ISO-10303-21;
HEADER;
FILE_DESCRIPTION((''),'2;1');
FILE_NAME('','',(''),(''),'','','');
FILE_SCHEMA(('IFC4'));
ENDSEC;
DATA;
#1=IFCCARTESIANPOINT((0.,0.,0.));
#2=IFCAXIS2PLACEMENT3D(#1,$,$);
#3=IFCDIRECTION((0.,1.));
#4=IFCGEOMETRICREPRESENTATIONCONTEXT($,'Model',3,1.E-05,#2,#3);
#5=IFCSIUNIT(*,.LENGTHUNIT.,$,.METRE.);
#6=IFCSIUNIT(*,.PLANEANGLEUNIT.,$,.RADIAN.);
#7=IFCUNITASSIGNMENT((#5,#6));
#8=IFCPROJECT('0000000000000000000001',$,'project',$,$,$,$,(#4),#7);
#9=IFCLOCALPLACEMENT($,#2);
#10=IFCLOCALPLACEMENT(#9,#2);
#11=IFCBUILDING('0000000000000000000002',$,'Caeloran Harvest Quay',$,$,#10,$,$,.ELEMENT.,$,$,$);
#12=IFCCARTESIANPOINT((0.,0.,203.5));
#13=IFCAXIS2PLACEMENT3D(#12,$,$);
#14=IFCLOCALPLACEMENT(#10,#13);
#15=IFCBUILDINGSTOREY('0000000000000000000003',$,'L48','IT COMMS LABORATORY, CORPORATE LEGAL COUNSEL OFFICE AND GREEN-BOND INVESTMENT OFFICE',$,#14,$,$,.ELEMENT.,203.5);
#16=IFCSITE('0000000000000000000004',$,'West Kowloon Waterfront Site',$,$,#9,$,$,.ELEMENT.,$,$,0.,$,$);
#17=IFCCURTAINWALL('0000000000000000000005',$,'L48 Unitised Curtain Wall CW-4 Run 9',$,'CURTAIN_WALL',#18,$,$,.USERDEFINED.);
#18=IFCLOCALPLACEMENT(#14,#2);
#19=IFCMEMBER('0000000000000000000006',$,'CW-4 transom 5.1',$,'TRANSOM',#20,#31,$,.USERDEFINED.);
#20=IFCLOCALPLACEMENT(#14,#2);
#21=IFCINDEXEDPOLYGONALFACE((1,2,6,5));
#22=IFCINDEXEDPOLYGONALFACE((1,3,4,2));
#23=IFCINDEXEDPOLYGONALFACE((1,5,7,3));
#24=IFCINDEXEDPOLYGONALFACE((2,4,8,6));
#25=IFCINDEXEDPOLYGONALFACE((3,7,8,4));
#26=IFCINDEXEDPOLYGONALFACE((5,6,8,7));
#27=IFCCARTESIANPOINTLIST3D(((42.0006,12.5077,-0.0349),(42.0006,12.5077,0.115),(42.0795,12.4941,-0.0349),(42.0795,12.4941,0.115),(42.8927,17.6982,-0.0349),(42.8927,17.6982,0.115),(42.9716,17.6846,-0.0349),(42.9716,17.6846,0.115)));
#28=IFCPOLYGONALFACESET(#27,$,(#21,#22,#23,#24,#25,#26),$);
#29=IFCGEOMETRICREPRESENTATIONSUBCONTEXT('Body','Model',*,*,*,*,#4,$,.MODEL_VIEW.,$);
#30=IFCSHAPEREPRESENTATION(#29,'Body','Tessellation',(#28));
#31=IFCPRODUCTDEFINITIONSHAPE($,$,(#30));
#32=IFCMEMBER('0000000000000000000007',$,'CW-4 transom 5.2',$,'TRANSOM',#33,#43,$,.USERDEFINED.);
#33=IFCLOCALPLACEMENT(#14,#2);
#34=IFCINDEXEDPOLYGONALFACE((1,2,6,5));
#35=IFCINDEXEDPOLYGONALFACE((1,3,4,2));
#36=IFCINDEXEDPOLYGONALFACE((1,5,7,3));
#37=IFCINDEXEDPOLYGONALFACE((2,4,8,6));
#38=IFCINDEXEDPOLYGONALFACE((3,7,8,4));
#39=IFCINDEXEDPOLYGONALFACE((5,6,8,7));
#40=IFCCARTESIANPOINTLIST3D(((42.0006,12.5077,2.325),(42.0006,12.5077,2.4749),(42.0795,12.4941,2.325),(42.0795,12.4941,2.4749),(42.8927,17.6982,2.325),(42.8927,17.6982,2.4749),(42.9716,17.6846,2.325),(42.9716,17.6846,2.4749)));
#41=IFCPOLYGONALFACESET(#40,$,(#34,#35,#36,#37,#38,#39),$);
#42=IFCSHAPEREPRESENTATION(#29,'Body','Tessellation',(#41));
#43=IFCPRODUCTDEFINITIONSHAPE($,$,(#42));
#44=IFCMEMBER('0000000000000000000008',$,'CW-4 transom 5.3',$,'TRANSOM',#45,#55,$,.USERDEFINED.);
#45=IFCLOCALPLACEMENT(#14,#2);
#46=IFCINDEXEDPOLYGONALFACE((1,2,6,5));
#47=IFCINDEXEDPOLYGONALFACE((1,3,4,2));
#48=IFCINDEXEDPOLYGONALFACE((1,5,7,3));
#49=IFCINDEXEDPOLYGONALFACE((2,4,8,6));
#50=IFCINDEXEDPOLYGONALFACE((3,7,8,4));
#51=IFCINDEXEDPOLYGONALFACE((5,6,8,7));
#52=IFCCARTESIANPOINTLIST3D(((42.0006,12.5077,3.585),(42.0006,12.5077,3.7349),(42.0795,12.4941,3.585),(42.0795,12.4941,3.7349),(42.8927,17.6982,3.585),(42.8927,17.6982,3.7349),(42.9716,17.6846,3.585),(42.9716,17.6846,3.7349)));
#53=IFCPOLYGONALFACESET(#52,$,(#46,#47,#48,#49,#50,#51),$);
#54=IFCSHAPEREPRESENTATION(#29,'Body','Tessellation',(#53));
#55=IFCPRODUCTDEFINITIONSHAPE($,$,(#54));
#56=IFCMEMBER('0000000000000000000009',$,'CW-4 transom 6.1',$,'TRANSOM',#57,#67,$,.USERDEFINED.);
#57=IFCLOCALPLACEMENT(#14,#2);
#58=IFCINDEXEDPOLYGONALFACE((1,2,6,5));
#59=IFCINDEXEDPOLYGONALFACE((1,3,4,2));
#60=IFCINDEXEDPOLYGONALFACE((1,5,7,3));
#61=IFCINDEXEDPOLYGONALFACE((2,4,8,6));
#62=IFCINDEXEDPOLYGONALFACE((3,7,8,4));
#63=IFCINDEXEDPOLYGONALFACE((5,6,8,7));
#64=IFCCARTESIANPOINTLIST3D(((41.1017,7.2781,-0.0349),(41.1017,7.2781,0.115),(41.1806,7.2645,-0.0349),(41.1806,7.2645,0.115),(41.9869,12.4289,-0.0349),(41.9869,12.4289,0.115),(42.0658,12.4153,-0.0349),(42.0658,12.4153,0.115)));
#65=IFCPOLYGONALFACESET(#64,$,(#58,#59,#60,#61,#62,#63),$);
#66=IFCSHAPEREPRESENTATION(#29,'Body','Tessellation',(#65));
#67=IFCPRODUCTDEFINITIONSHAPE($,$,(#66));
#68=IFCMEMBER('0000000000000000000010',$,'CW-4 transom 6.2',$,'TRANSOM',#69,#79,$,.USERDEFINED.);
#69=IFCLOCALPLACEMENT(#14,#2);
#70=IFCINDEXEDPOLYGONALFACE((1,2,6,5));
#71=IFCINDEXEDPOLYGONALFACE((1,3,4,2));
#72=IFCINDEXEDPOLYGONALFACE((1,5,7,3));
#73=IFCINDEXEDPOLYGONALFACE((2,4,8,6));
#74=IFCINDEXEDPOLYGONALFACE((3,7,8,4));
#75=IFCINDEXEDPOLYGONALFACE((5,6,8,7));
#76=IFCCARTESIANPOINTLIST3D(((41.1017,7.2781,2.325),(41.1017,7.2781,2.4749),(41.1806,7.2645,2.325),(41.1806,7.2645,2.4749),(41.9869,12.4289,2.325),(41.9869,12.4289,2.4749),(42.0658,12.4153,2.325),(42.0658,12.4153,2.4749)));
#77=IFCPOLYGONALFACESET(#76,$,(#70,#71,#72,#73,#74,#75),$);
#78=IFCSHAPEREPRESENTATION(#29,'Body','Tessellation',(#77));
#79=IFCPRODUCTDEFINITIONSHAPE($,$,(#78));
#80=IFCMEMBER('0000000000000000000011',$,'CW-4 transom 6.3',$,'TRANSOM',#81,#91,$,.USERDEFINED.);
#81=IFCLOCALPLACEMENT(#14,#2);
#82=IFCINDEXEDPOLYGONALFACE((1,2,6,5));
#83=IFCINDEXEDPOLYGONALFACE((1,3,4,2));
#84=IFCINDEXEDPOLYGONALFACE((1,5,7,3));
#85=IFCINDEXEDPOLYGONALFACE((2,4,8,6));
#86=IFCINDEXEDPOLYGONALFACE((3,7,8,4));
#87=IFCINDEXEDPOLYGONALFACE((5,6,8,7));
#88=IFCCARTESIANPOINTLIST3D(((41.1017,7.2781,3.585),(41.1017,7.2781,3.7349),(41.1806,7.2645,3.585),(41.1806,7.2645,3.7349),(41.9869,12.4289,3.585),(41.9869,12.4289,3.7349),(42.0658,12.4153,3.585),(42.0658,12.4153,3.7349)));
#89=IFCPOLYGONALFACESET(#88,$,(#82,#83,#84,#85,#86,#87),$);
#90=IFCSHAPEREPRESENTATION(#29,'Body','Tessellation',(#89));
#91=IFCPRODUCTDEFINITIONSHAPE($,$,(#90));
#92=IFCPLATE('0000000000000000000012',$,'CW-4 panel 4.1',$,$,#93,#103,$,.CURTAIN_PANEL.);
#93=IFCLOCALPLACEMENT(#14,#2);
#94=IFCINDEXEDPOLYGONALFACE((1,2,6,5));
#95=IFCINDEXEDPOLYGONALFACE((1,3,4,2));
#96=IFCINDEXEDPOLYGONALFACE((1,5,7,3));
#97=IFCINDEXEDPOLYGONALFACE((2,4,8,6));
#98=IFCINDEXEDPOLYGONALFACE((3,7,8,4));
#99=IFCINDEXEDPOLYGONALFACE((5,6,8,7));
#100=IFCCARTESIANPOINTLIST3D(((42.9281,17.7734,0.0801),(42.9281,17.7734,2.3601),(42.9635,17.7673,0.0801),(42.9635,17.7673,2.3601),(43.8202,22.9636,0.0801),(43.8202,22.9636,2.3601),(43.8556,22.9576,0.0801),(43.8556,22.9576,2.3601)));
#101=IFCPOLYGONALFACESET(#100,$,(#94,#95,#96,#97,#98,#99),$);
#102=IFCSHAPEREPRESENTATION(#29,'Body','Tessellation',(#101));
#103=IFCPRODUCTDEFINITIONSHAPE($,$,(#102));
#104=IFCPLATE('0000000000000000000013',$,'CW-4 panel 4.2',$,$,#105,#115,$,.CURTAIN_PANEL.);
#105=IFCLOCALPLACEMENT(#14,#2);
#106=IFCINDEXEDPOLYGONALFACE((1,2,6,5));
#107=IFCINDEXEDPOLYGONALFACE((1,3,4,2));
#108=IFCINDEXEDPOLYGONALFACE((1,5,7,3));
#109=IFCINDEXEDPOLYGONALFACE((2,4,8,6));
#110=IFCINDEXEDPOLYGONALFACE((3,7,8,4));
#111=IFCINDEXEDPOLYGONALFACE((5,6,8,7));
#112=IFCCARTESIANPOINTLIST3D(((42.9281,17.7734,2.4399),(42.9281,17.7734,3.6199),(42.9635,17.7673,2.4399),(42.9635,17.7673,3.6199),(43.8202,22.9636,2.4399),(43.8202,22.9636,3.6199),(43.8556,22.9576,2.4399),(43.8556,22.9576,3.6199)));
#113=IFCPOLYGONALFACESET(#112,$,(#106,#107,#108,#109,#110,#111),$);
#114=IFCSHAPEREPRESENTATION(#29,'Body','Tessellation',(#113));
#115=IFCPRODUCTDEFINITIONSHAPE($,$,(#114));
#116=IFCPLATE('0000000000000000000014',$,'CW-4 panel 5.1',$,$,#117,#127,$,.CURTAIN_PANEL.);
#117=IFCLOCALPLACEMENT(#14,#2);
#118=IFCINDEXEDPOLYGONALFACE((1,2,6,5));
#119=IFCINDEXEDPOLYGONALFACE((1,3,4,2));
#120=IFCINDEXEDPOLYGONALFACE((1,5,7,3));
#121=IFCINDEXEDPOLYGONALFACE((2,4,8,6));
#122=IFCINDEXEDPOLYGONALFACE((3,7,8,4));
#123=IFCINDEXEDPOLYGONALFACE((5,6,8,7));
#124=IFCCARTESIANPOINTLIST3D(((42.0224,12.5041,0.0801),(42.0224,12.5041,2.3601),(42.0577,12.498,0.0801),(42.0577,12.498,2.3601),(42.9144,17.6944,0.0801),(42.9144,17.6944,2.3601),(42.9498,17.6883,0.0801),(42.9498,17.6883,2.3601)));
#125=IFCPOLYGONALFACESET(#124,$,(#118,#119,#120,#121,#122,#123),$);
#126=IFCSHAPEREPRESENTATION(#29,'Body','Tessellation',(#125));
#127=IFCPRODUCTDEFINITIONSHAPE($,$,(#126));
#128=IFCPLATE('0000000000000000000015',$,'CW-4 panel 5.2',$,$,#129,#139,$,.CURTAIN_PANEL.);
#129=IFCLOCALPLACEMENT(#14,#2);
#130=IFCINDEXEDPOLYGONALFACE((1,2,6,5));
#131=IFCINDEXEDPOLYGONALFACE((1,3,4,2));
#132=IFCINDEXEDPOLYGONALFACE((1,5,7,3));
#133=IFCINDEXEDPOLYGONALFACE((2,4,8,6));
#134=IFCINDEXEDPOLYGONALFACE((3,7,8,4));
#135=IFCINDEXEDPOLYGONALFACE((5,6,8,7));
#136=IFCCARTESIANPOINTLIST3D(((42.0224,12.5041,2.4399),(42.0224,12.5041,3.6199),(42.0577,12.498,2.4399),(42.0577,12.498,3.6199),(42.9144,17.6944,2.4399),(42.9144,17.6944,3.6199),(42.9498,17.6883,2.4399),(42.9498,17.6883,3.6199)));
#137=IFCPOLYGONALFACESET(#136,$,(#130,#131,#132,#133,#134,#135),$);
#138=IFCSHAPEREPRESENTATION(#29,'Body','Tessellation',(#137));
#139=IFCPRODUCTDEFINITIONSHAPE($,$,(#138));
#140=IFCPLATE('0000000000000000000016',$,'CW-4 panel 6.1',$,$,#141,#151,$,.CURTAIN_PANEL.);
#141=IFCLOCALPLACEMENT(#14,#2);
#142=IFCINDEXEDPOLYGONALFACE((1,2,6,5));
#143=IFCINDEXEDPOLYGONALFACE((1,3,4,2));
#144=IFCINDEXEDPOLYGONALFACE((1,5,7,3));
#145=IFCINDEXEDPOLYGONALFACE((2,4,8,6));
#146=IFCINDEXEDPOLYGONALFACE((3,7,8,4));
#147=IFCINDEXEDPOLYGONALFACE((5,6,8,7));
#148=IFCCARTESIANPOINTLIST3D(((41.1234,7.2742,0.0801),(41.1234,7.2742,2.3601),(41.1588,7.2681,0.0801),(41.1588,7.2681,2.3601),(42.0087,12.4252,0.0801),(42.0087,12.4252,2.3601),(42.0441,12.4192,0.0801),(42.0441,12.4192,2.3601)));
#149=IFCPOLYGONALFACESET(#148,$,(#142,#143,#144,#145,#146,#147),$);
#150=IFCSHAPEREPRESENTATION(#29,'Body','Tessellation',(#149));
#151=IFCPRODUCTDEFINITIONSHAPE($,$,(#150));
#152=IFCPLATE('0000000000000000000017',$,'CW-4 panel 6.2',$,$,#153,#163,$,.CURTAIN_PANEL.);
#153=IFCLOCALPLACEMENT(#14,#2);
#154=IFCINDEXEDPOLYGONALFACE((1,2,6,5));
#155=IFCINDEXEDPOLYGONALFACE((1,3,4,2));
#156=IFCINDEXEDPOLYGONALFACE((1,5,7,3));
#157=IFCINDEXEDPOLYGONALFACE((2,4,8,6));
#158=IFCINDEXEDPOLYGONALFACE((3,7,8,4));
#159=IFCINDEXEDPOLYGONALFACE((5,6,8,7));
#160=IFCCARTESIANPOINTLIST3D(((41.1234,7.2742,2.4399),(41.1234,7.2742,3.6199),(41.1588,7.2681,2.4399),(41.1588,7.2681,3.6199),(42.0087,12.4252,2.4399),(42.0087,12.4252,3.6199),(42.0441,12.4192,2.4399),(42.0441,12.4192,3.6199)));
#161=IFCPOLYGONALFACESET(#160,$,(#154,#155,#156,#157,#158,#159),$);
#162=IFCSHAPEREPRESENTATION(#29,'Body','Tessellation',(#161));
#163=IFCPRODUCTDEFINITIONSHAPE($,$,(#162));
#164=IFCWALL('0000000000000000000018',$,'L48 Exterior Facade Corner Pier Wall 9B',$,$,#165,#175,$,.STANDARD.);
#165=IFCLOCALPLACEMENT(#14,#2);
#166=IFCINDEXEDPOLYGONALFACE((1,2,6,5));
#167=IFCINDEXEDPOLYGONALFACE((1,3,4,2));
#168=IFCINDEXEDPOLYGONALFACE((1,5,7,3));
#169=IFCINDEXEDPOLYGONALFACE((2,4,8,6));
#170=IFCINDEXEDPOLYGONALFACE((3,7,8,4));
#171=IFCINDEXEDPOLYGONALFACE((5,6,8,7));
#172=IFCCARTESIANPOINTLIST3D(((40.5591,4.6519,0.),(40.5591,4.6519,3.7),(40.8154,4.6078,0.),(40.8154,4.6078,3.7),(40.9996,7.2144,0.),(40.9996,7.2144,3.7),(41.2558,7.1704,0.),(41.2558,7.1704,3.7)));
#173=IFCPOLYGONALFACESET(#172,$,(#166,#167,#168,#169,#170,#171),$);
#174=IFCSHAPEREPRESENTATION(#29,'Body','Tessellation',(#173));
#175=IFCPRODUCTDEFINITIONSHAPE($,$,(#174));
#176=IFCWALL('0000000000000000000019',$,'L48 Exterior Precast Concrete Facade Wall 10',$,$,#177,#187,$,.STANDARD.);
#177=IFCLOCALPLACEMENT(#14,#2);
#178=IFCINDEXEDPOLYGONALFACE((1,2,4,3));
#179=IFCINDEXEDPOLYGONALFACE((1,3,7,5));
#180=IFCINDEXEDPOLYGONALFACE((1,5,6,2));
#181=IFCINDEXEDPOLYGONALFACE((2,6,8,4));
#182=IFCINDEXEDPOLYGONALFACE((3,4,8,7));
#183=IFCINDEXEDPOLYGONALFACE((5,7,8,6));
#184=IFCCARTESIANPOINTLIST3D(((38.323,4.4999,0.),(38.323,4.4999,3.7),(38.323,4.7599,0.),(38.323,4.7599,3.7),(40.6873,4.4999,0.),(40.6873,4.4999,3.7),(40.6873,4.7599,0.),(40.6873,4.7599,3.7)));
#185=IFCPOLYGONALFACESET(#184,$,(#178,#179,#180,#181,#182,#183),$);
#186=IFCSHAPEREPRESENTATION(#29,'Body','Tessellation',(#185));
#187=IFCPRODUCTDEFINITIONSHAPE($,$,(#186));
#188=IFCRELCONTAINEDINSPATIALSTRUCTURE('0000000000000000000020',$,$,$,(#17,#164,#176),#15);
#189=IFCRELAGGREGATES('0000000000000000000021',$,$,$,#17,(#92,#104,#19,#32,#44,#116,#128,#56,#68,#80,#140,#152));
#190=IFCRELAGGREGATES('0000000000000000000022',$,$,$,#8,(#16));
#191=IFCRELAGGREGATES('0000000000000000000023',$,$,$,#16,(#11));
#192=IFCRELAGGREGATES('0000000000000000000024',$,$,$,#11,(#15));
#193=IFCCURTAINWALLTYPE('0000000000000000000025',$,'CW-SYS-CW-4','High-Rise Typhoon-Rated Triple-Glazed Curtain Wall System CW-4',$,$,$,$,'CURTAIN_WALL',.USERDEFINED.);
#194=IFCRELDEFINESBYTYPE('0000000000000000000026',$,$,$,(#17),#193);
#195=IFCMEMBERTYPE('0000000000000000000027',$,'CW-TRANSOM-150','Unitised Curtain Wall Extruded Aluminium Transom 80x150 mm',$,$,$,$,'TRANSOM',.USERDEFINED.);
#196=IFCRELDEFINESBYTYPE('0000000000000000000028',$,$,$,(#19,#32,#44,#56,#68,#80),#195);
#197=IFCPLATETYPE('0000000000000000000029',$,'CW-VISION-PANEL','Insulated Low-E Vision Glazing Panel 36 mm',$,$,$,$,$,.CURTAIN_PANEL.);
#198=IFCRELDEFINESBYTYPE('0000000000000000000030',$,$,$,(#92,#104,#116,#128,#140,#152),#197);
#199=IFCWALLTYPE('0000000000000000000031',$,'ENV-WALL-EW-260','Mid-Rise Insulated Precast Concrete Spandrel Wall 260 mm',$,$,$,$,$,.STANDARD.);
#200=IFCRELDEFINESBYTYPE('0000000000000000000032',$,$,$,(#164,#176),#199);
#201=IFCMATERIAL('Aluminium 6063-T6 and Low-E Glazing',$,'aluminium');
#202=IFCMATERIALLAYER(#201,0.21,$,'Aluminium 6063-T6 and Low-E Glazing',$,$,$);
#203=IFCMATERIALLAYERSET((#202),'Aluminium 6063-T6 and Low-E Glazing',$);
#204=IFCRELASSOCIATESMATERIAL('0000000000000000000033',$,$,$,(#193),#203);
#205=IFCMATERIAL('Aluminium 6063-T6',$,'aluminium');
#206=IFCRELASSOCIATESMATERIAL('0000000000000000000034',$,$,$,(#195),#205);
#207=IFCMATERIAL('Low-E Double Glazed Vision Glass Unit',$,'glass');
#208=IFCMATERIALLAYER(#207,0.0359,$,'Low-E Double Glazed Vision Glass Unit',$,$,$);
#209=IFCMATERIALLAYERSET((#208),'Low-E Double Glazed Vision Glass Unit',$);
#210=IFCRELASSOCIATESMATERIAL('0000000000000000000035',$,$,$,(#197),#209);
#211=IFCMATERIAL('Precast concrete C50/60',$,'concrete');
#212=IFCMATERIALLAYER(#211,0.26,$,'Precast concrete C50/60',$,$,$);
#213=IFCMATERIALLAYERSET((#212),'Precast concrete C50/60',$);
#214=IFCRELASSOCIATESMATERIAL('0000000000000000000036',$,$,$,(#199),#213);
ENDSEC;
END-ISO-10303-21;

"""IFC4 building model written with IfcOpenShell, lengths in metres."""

from ifc_helpers import new_model, si_unit, direction, frame, frame_2d, origin, origin_2d, place, context, subcontext, project, spatial, rectangle, extrude, material, layer, layer_set, material_profile, profile_set, type_object, element, aggregate, save


model = new_model("IFC4")

# Units and contexts
model_context = context("Model", 3, precision=1e-05, world=origin(), true_north=direction((0.0, 1.0)))
body_context = subcontext(model_context, "Body", "Model", "MODEL_VIEW")
ifc_project = project(units=[si_unit("LENGTHUNIT", "METRE"), si_unit("PLANEANGLEUNIT", "RADIAN")], contexts=[model_context])

# Site, building, storey
site_placement = place(None, origin())
site = spatial("IfcSite", under=ifc_project, at=site_placement, Name="West Kowloon Waterfront Site", CompositionType="ELEMENT", RefElevation=0.0)
building_placement = place(site_placement, origin())
building = spatial("IfcBuilding", under=site, at=building_placement, Name="Caeloran Harvest Quay", CompositionType="ELEMENT")
storey_placement = place(building_placement, frame((0.0, 0.0, 203.5)))
storey = spatial("IfcBuildingStorey", under=building, at=storey_placement, Name="L48", Description="IT COMMS LABORATORY, CORPORATE LEGAL COUNSEL OFFICE AND GREEN-BOND INVESTMENT OFFICE", CompositionType="ELEMENT", Elevation=203.5)

# Curtain wall, members, plates
ifc_material_1 = material(Name="Aluminium 6063-T6 and Low-E Glazing", Category="aluminium")
ifc_layer_1 = layer(ifc_material_1, 0.21, Name="Aluminium 6063-T6 and Low-E Glazing")
ifc_layer_set_1 = layer_set([ifc_layer_1], Name="Aluminium 6063-T6 and Low-E Glazing")
curtain_wall_type = type_object("IfcCurtainWallType", Name="CW-SYS-CW-4", Description="High-Rise Typhoon-Rated Triple-Glazed Curtain Wall System CW-4", ElementType="CURTAIN_WALL", PredefinedType="USERDEFINED", material=ifc_layer_set_1)
curtain_wall_placement = place(storey_placement, origin())
curtain_wall = element("IfcCurtainWall", 1, at=curtain_wall_placement, inside=storey, type_object=curtain_wall_type, Name="L48 Unitised Curtain Wall CW-4 Run 9", ObjectType="CURTAIN_WALL", PredefinedType="USERDEFINED")
ifc_material_2 = material(Name="Aluminium 6063-T6", Category="aluminium")
ifc_material_profile_1 = material_profile(ifc_material_2, rectangle(XDim=0.0801, YDim=0.1499, at=origin_2d()), Name="CW-TRANSOM-150")
ifc_profile_set_1 = profile_set([ifc_material_profile_1], Name="Aluminium 6063-T6")
member_type_1 = type_object("IfcMemberType", Name="CW-TRANSOM-150", Description="Unitised Curtain Wall Extruded Aluminium Transom 80x150 mm", ElementType="TRANSOM", PredefinedType="USERDEFINED", material=ifc_profile_set_1)
member_1_placement = place(storey_placement, frame((42.9321, 17.6914, 0.04), z_axis=(-0.169388, -0.985549, 0.0), x_axis=(0.985549, -0.169388, 0.0)))
member_1 = element("IfcMember", 2, at=member_1_placement, type_object=member_type_1, Name="CW-4 transom 5.1", ObjectType="TRANSOM", PredefinedType="USERDEFINED", context=body_context, shape_type="SweptSolid", body=[
    extrude(rectangle(XDim=0.0801, YDim=0.1499, at=origin_2d()), origin(), (0.0, 0.0, 1.0), 5.2666),
])
member_2_placement = place(storey_placement, frame((42.9321, 17.6914, 2.3999), z_axis=(-0.169388, -0.985549, 0.0), x_axis=(0.985549, -0.169388, 0.0)))
member_2 = element("IfcMember", 3, at=member_2_placement, type_object=member_type_1, Name="CW-4 transom 5.2", ObjectType="TRANSOM", PredefinedType="USERDEFINED", context=body_context, shape_type="SweptSolid", body=[
    extrude(rectangle(XDim=0.0801, YDim=0.1499, at=origin_2d()), origin(), (0.0, 0.0, 1.0), 5.2666),
])
member_3_placement = place(storey_placement, frame((42.9321, 17.6914, 3.6599), z_axis=(-0.169388, -0.985549, 0.0), x_axis=(0.985549, -0.169388, 0.0)))
member_3 = element("IfcMember", 4, at=member_3_placement, type_object=member_type_1, Name="CW-4 transom 5.3", ObjectType="TRANSOM", PredefinedType="USERDEFINED", context=body_context, shape_type="SweptSolid", body=[
    extrude(rectangle(XDim=0.0801, YDim=0.1499, at=origin_2d()), origin(), (0.0, 0.0, 1.0), 5.2666),
])
member_4_placement = place(storey_placement, frame((42.0264, 12.4221, 0.04), z_axis=(-0.169381, -0.985551, 0.0), x_axis=(0.985551, -0.169381, 0.0)))
member_4 = element("IfcMember", 5, at=member_4_placement, type_object=member_type_1, Name="CW-4 transom 6.1", ObjectType="TRANSOM", PredefinedType="USERDEFINED", context=body_context, shape_type="SweptSolid", body=[
    extrude(rectangle(XDim=0.0801, YDim=0.1499, at=origin_2d()), origin(), (0.0, 0.0, 1.0), 5.2263),
])
member_5_placement = place(storey_placement, frame((42.0264, 12.4221, 2.3999), z_axis=(-0.169381, -0.985551, 0.0), x_axis=(0.985551, -0.169381, 0.0)))
member_5 = element("IfcMember", 6, at=member_5_placement, type_object=member_type_1, Name="CW-4 transom 6.2", ObjectType="TRANSOM", PredefinedType="USERDEFINED", context=body_context, shape_type="SweptSolid", body=[
    extrude(rectangle(XDim=0.0801, YDim=0.1499, at=origin_2d()), origin(), (0.0, 0.0, 1.0), 5.2263),
])
member_6_placement = place(storey_placement, frame((42.0264, 12.4221, 3.6599), z_axis=(-0.169381, -0.985551, 0.0), x_axis=(0.985551, -0.169381, 0.0)))
member_6 = element("IfcMember", 7, at=member_6_placement, type_object=member_type_1, Name="CW-4 transom 6.3", ObjectType="TRANSOM", PredefinedType="USERDEFINED", context=body_context, shape_type="SweptSolid", body=[
    extrude(rectangle(XDim=0.0801, YDim=0.1499, at=origin_2d()), origin(), (0.0, 0.0, 1.0), 5.2263),
])
ifc_material_3 = material(Name="Low-E Double Glazed Vision Glass Unit", Category="glass")
ifc_layer_2 = layer(ifc_material_3, 0.0359, Name="Low-E Double Glazed Vision Glass Unit")
ifc_layer_set_2 = layer_set([ifc_layer_2], Name="Low-E Double Glazed Vision Glass Unit")
plate_type = type_object("IfcPlateType", Name="CW-VISION-PANEL", Description="Insulated Low-E Vision Glazing Panel 36 mm", PredefinedType="CURTAIN_PANEL", material=ifc_layer_set_2)
plate_1_placement = place(storey_placement, frame((43.3918, 20.3655, 0.0801), z_axis=(0.0, 0.0, 1.0), x_axis=(-0.169392, -0.985549, 0.0)))
plate_1 = element("IfcPlate", 8, at=plate_1_placement, type_object=plate_type, Name="CW-4 panel 4.1", PredefinedType="CURTAIN_PANEL", context=body_context, shape_type="SweptSolid", body=[
    extrude(rectangle(XDim=5.2664, YDim=0.0359, at=origin_2d()), origin(), (0.0, 0.0, 1.0), 2.28),
])
plate_2_placement = place(storey_placement, frame((43.3918, 20.3655, 2.4399), z_axis=(0.0, 0.0, 1.0), x_axis=(-0.169392, -0.985549, 0.0)))
plate_2 = element("IfcPlate", 9, at=plate_2_placement, type_object=plate_type, Name="CW-4 panel 4.2", PredefinedType="CURTAIN_PANEL", context=body_context, shape_type="SweptSolid", body=[
    extrude(rectangle(XDim=5.2664, YDim=0.0359, at=origin_2d()), origin(), (0.0, 0.0, 1.0), 1.1799),
])
plate_3_placement = place(storey_placement, frame((42.4861, 15.0962, 0.0801), z_axis=(0.0, 0.0, 1.0), x_axis=(-0.169392, -0.985549, 0.0)))
plate_3 = element("IfcPlate", 10, at=plate_3_placement, type_object=plate_type, Name="CW-4 panel 5.1", PredefinedType="CURTAIN_PANEL", context=body_context, shape_type="SweptSolid", body=[
    extrude(rectangle(XDim=5.2664, YDim=0.0359, at=origin_2d()), origin(), (0.0, 0.0, 1.0), 2.28),
])
plate_4_placement = place(storey_placement, frame((42.4861, 15.0962, 2.4399), z_axis=(0.0, 0.0, 1.0), x_axis=(-0.169392, -0.985549, 0.0)))
plate_4 = element("IfcPlate", 11, at=plate_4_placement, type_object=plate_type, Name="CW-4 panel 5.2", PredefinedType="CURTAIN_PANEL", context=body_context, shape_type="SweptSolid", body=[
    extrude(rectangle(XDim=5.2664, YDim=0.0359, at=origin_2d()), origin(), (0.0, 0.0, 1.0), 1.1799),
])
plate_5_placement = place(storey_placement, frame((41.5837, 9.8467, 0.0801), z_axis=(0.0, 0.0, 1.0), x_axis=(-0.169392, -0.985549, 0.0)))
plate_5 = element("IfcPlate", 12, at=plate_5_placement, type_object=plate_type, Name="CW-4 panel 6.1", PredefinedType="CURTAIN_PANEL", context=body_context, shape_type="SweptSolid", body=[
    extrude(rectangle(XDim=5.2266, YDim=0.0359, at=origin_2d()), origin(), (0.0, 0.0, 1.0), 2.28),
])
plate_6_placement = place(storey_placement, frame((41.5837, 9.8467, 2.4399), z_axis=(0.0, 0.0, 1.0), x_axis=(-0.169392, -0.985549, 0.0)))
plate_6 = element("IfcPlate", 13, at=plate_6_placement, type_object=plate_type, Name="CW-4 panel 6.2", PredefinedType="CURTAIN_PANEL", context=body_context, shape_type="SweptSolid", body=[
    extrude(rectangle(XDim=5.2266, YDim=0.0359, at=origin_2d()), origin(), (0.0, 0.0, 1.0), 1.1799),
])
aggregate(curtain_wall, [plate_1, plate_2, member_1, member_2, member_3, plate_3, plate_4, member_4, member_5, member_6, plate_5, plate_6])

# Walls
ifc_material_4 = material(Name="Precast concrete C50/60", Category="concrete")
ifc_layer_3 = layer(ifc_material_4, 0.26, Name="Precast concrete C50/60")
ifc_layer_set_3 = layer_set([ifc_layer_3], Name="Precast concrete C50/60")
wall_type_1 = type_object("IfcWallType", Name="ENV-WALL-EW-260", Description="Mid-Rise Insulated Precast Concrete Spandrel Wall 260 mm", PredefinedType="STANDARD", material=ifc_layer_set_3)
wall_1_placement = place(storey_placement, frame((41.1277, 7.1924, 0.0), z_axis=(0.0, 0.0, 1.0), x_axis=(-0.169391, -0.985549, 0.0)))
element("IfcWall", 14, at=wall_1_placement, inside=storey, type_object=wall_type_1, Name="L48 Exterior Facade Corner Pier Wall 9B", PredefinedType="STANDARD", context=body_context, shape_type="SweptSolid", body=[
    extrude(rectangle(XDim=2.6001, YDim=0.26, at=frame_2d((1.3, 0.0))), origin(), (0.0, 0.0, 1.0), 3.7),
])
wall_2_placement = place(storey_placement, frame((40.6873, 4.6299, 0.0), z_axis=(0.0, 0.0, 1.0), x_axis=(-1.0, 0.0, 0.0)))
element("IfcWall", 15, at=wall_2_placement, inside=storey, type_object=wall_type_1, Name="L48 Exterior Precast Concrete Facade Wall 10", PredefinedType="STANDARD", context=body_context, shape_type="SweptSolid", body=[
    extrude(rectangle(XDim=2.3643, YDim=0.26, at=frame_2d((1.1821, 0.0))), origin(), (0.0, 0.0, 1.0), 3.7),
])

save(model, "model.ifc")
